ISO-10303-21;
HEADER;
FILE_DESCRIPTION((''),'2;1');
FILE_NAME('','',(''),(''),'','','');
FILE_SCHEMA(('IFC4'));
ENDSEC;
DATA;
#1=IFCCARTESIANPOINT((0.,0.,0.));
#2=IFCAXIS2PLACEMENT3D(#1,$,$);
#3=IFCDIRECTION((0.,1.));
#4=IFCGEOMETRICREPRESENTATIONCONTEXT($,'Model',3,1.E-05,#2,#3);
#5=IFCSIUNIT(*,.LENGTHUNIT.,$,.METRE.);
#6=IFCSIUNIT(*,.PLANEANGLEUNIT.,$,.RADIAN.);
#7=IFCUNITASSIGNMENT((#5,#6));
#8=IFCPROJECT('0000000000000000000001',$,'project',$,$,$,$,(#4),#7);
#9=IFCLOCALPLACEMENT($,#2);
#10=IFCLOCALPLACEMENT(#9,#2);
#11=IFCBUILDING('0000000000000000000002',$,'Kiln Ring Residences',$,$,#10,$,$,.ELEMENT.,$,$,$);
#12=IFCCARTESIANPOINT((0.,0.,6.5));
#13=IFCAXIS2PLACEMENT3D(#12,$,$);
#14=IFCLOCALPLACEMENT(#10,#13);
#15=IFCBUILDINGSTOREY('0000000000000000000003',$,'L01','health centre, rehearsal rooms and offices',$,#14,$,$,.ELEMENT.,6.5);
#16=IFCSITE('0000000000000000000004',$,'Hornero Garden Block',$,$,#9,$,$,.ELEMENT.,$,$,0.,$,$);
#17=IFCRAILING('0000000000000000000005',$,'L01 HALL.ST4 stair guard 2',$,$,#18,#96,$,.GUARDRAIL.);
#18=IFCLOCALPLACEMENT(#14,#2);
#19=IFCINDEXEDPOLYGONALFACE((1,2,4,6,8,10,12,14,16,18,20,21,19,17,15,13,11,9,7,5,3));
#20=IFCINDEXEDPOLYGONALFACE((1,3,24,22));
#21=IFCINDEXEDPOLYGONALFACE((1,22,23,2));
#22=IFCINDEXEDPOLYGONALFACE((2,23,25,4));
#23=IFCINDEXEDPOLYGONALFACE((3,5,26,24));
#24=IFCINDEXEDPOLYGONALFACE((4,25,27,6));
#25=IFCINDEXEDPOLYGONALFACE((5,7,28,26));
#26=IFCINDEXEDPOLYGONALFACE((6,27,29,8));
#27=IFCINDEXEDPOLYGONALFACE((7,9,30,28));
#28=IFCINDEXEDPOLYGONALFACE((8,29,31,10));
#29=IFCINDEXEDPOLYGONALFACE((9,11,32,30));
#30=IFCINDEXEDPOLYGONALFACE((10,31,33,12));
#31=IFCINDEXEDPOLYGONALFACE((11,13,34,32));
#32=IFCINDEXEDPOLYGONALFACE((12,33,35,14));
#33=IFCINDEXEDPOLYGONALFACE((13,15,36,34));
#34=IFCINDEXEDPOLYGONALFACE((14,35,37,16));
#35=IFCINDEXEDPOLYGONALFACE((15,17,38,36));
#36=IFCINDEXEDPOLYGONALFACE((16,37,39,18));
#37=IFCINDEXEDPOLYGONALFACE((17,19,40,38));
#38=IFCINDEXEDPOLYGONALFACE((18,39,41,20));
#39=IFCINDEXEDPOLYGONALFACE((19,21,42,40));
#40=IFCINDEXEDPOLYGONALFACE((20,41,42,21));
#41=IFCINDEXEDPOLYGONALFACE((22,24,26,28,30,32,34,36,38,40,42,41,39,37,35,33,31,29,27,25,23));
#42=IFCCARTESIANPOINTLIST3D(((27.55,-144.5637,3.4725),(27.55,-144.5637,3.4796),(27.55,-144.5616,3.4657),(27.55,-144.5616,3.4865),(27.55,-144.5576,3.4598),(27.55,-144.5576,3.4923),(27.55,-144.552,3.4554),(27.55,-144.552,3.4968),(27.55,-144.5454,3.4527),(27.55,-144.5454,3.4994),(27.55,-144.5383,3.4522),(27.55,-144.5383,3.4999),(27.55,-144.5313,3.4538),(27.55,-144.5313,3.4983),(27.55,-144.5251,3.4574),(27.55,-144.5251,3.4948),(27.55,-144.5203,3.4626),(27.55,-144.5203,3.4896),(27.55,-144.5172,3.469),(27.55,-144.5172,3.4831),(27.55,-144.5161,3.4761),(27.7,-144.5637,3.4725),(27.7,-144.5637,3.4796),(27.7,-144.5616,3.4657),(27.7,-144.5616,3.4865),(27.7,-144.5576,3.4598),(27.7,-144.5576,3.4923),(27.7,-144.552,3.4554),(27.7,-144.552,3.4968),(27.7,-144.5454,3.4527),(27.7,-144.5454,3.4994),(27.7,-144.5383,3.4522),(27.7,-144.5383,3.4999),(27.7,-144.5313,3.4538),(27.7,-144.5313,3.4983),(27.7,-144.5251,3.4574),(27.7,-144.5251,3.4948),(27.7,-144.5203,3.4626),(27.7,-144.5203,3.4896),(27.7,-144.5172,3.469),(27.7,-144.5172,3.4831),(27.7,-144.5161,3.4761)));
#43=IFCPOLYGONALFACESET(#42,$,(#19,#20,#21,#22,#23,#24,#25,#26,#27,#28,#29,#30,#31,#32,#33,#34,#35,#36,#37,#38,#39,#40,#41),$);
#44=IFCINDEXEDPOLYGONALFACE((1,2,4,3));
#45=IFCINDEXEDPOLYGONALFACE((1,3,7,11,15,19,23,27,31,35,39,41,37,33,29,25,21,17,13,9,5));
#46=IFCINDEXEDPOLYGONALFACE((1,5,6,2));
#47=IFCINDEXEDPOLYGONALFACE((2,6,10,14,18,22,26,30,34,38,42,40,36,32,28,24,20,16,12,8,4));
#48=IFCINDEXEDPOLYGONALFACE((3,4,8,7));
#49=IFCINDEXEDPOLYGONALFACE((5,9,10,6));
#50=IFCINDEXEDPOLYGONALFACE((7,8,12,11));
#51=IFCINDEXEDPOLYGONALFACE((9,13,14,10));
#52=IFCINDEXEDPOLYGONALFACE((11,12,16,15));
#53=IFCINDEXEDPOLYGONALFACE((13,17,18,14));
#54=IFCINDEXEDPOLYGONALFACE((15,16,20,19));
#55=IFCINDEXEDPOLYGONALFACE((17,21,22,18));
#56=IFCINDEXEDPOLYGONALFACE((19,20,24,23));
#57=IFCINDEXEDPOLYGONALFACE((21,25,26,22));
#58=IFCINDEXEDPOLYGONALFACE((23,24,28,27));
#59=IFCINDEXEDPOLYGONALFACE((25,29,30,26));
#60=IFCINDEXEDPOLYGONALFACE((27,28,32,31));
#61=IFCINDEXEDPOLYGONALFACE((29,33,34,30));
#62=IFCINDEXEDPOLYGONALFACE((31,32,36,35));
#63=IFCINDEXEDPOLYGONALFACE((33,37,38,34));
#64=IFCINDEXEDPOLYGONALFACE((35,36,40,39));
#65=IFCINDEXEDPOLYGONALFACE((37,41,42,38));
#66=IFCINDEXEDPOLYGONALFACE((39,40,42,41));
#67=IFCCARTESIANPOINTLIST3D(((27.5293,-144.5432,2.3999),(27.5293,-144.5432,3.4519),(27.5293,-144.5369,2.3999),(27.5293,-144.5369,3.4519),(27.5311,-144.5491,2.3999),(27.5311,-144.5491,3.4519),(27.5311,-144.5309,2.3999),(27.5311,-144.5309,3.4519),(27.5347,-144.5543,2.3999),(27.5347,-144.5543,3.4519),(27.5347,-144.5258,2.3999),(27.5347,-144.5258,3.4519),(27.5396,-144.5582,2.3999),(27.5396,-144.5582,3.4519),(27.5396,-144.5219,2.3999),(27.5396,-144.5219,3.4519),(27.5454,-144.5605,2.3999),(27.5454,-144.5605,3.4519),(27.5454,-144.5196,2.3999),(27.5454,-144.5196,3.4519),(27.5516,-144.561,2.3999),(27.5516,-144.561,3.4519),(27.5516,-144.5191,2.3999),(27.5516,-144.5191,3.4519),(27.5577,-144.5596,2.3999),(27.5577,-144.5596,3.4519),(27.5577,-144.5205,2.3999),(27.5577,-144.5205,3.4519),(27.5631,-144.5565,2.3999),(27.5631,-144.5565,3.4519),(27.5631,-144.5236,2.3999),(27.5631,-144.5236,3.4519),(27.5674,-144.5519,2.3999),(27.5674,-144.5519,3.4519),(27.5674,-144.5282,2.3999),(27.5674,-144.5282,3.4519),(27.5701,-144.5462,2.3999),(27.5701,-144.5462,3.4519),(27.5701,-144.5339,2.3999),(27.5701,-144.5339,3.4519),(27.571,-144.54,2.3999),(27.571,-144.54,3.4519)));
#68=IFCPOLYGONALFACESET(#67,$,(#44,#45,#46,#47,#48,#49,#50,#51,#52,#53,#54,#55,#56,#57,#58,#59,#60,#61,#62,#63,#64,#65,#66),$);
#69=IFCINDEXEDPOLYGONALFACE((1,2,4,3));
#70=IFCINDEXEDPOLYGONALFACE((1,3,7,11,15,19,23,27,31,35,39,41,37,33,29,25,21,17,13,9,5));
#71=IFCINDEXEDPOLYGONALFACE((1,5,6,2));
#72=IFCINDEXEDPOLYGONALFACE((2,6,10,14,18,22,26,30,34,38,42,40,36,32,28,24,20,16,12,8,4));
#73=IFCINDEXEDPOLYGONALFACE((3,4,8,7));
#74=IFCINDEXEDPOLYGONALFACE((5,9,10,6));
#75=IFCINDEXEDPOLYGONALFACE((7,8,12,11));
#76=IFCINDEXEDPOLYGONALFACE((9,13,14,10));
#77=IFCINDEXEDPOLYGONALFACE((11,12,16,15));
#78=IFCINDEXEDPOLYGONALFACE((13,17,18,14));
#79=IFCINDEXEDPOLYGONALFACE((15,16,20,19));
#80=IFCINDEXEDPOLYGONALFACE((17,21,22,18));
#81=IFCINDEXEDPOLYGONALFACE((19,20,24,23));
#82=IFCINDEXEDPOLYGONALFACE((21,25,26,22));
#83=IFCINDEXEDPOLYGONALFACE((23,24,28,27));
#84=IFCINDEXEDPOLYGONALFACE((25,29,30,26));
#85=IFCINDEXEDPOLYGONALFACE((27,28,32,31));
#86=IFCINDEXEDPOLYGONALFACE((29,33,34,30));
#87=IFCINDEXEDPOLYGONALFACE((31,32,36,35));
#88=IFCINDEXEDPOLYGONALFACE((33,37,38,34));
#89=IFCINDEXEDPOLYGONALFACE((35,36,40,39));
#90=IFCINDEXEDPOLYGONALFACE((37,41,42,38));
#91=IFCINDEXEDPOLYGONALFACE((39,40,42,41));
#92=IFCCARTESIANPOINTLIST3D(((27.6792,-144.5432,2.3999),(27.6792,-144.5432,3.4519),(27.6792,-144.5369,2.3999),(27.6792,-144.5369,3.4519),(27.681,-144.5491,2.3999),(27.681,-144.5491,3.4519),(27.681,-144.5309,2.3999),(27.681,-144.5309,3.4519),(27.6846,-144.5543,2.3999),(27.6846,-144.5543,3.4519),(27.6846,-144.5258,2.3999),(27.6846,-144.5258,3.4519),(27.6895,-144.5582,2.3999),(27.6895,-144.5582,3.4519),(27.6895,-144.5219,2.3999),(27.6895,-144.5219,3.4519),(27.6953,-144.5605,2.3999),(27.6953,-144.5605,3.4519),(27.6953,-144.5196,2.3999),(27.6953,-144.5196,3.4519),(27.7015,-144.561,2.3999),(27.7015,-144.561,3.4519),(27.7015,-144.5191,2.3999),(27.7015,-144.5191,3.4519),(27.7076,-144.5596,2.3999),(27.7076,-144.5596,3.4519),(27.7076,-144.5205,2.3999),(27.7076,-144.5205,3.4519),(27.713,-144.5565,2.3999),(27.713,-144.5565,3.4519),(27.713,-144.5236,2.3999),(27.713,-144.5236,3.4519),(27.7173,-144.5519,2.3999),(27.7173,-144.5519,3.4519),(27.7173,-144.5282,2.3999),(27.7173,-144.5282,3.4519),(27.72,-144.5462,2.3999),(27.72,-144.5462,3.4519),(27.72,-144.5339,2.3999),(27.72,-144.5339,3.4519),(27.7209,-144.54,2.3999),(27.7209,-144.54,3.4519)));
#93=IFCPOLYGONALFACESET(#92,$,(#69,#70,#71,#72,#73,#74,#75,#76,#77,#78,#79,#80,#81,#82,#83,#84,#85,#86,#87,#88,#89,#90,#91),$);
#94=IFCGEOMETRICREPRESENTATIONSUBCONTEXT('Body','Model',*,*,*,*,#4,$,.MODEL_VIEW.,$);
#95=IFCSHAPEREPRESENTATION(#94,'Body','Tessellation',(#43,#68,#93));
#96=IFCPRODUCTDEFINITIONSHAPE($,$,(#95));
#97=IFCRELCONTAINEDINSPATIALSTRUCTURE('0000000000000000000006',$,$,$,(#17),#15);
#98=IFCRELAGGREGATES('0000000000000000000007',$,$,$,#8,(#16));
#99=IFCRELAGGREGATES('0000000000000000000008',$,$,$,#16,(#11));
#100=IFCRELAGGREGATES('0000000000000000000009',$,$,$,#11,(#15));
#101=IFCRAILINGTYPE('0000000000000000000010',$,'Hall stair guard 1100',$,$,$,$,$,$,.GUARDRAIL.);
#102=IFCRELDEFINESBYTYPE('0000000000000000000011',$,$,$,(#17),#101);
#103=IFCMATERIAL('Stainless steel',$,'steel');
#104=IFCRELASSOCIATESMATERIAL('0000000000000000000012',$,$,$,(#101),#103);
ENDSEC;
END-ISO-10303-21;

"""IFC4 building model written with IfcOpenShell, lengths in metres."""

from ifc_helpers import new_model, si_unit, direction, frame, origin, origin_2d, place, context, subcontext, project, spatial, circle, extrude, material, type_object, element, save


model = new_model("IFC4")

# Units and contexts
model_context = context("Model", 3, precision=1e-05, world=origin(), true_north=direction((0.0, 1.0)))
body_context = subcontext(model_context, "Body", "Model", "MODEL_VIEW")
ifc_project = project(units=[si_unit("LENGTHUNIT", "METRE"), si_unit("PLANEANGLEUNIT", "RADIAN")], contexts=[model_context])

# Site, building, storey
site_placement = place(None, origin())
site = spatial("IfcSite", under=ifc_project, at=site_placement, Name="Hornero Garden Block", CompositionType="ELEMENT", RefElevation=0.0)
building_placement = place(site_placement, origin())
building = spatial("IfcBuilding", under=site, at=building_placement, Name="Kiln Ring Residences", CompositionType="ELEMENT")
storey_placement = place(building_placement, frame((0.0, 0.0, 6.5)))
storey = spatial("IfcBuildingStorey", under=building, at=storey_placement, Name="L01", Description="health centre, rehearsal rooms and offices", CompositionType="ELEMENT", Elevation=6.5)

# Railing
ifc_material_1 = material(Name="Stainless steel", Category="steel")
railing_type_1 = type_object("IfcRailingType", Name="Hall stair guard 1100", PredefinedType="GUARDRAIL", material=ifc_material_1)
railing_1_placement = place(storey_placement, frame((27.55, -144.54, 2.3999)))
element("IfcRailing", 1, at=railing_1_placement, inside=storey, type_object=railing_type_1, Name="L01 HALL.ST4 stair guard 2", PredefinedType="GUARDRAIL", context=body_context, shape_type="SweptSolid", body=[
    extrude(circle(Radius=0.0239, at=origin_2d()), frame((0.0, 0.0, 1.0762), z_axis=(1.0, 0.0, 0.0), x_axis=(0.0, 1.0, 0.0)), (0.0, 0.0, 1.0), 0.1499),
    extrude(circle(Radius=0.021, at=origin_2d()), origin(), (0.0, 0.0, 1.0), 1.052),
    extrude(circle(Radius=0.021, at=origin_2d()), frame((0.1499, 0.0, 0.0)), (0.0, 0.0, 1.0), 1.052),
])

save(model, "model.ifc")
